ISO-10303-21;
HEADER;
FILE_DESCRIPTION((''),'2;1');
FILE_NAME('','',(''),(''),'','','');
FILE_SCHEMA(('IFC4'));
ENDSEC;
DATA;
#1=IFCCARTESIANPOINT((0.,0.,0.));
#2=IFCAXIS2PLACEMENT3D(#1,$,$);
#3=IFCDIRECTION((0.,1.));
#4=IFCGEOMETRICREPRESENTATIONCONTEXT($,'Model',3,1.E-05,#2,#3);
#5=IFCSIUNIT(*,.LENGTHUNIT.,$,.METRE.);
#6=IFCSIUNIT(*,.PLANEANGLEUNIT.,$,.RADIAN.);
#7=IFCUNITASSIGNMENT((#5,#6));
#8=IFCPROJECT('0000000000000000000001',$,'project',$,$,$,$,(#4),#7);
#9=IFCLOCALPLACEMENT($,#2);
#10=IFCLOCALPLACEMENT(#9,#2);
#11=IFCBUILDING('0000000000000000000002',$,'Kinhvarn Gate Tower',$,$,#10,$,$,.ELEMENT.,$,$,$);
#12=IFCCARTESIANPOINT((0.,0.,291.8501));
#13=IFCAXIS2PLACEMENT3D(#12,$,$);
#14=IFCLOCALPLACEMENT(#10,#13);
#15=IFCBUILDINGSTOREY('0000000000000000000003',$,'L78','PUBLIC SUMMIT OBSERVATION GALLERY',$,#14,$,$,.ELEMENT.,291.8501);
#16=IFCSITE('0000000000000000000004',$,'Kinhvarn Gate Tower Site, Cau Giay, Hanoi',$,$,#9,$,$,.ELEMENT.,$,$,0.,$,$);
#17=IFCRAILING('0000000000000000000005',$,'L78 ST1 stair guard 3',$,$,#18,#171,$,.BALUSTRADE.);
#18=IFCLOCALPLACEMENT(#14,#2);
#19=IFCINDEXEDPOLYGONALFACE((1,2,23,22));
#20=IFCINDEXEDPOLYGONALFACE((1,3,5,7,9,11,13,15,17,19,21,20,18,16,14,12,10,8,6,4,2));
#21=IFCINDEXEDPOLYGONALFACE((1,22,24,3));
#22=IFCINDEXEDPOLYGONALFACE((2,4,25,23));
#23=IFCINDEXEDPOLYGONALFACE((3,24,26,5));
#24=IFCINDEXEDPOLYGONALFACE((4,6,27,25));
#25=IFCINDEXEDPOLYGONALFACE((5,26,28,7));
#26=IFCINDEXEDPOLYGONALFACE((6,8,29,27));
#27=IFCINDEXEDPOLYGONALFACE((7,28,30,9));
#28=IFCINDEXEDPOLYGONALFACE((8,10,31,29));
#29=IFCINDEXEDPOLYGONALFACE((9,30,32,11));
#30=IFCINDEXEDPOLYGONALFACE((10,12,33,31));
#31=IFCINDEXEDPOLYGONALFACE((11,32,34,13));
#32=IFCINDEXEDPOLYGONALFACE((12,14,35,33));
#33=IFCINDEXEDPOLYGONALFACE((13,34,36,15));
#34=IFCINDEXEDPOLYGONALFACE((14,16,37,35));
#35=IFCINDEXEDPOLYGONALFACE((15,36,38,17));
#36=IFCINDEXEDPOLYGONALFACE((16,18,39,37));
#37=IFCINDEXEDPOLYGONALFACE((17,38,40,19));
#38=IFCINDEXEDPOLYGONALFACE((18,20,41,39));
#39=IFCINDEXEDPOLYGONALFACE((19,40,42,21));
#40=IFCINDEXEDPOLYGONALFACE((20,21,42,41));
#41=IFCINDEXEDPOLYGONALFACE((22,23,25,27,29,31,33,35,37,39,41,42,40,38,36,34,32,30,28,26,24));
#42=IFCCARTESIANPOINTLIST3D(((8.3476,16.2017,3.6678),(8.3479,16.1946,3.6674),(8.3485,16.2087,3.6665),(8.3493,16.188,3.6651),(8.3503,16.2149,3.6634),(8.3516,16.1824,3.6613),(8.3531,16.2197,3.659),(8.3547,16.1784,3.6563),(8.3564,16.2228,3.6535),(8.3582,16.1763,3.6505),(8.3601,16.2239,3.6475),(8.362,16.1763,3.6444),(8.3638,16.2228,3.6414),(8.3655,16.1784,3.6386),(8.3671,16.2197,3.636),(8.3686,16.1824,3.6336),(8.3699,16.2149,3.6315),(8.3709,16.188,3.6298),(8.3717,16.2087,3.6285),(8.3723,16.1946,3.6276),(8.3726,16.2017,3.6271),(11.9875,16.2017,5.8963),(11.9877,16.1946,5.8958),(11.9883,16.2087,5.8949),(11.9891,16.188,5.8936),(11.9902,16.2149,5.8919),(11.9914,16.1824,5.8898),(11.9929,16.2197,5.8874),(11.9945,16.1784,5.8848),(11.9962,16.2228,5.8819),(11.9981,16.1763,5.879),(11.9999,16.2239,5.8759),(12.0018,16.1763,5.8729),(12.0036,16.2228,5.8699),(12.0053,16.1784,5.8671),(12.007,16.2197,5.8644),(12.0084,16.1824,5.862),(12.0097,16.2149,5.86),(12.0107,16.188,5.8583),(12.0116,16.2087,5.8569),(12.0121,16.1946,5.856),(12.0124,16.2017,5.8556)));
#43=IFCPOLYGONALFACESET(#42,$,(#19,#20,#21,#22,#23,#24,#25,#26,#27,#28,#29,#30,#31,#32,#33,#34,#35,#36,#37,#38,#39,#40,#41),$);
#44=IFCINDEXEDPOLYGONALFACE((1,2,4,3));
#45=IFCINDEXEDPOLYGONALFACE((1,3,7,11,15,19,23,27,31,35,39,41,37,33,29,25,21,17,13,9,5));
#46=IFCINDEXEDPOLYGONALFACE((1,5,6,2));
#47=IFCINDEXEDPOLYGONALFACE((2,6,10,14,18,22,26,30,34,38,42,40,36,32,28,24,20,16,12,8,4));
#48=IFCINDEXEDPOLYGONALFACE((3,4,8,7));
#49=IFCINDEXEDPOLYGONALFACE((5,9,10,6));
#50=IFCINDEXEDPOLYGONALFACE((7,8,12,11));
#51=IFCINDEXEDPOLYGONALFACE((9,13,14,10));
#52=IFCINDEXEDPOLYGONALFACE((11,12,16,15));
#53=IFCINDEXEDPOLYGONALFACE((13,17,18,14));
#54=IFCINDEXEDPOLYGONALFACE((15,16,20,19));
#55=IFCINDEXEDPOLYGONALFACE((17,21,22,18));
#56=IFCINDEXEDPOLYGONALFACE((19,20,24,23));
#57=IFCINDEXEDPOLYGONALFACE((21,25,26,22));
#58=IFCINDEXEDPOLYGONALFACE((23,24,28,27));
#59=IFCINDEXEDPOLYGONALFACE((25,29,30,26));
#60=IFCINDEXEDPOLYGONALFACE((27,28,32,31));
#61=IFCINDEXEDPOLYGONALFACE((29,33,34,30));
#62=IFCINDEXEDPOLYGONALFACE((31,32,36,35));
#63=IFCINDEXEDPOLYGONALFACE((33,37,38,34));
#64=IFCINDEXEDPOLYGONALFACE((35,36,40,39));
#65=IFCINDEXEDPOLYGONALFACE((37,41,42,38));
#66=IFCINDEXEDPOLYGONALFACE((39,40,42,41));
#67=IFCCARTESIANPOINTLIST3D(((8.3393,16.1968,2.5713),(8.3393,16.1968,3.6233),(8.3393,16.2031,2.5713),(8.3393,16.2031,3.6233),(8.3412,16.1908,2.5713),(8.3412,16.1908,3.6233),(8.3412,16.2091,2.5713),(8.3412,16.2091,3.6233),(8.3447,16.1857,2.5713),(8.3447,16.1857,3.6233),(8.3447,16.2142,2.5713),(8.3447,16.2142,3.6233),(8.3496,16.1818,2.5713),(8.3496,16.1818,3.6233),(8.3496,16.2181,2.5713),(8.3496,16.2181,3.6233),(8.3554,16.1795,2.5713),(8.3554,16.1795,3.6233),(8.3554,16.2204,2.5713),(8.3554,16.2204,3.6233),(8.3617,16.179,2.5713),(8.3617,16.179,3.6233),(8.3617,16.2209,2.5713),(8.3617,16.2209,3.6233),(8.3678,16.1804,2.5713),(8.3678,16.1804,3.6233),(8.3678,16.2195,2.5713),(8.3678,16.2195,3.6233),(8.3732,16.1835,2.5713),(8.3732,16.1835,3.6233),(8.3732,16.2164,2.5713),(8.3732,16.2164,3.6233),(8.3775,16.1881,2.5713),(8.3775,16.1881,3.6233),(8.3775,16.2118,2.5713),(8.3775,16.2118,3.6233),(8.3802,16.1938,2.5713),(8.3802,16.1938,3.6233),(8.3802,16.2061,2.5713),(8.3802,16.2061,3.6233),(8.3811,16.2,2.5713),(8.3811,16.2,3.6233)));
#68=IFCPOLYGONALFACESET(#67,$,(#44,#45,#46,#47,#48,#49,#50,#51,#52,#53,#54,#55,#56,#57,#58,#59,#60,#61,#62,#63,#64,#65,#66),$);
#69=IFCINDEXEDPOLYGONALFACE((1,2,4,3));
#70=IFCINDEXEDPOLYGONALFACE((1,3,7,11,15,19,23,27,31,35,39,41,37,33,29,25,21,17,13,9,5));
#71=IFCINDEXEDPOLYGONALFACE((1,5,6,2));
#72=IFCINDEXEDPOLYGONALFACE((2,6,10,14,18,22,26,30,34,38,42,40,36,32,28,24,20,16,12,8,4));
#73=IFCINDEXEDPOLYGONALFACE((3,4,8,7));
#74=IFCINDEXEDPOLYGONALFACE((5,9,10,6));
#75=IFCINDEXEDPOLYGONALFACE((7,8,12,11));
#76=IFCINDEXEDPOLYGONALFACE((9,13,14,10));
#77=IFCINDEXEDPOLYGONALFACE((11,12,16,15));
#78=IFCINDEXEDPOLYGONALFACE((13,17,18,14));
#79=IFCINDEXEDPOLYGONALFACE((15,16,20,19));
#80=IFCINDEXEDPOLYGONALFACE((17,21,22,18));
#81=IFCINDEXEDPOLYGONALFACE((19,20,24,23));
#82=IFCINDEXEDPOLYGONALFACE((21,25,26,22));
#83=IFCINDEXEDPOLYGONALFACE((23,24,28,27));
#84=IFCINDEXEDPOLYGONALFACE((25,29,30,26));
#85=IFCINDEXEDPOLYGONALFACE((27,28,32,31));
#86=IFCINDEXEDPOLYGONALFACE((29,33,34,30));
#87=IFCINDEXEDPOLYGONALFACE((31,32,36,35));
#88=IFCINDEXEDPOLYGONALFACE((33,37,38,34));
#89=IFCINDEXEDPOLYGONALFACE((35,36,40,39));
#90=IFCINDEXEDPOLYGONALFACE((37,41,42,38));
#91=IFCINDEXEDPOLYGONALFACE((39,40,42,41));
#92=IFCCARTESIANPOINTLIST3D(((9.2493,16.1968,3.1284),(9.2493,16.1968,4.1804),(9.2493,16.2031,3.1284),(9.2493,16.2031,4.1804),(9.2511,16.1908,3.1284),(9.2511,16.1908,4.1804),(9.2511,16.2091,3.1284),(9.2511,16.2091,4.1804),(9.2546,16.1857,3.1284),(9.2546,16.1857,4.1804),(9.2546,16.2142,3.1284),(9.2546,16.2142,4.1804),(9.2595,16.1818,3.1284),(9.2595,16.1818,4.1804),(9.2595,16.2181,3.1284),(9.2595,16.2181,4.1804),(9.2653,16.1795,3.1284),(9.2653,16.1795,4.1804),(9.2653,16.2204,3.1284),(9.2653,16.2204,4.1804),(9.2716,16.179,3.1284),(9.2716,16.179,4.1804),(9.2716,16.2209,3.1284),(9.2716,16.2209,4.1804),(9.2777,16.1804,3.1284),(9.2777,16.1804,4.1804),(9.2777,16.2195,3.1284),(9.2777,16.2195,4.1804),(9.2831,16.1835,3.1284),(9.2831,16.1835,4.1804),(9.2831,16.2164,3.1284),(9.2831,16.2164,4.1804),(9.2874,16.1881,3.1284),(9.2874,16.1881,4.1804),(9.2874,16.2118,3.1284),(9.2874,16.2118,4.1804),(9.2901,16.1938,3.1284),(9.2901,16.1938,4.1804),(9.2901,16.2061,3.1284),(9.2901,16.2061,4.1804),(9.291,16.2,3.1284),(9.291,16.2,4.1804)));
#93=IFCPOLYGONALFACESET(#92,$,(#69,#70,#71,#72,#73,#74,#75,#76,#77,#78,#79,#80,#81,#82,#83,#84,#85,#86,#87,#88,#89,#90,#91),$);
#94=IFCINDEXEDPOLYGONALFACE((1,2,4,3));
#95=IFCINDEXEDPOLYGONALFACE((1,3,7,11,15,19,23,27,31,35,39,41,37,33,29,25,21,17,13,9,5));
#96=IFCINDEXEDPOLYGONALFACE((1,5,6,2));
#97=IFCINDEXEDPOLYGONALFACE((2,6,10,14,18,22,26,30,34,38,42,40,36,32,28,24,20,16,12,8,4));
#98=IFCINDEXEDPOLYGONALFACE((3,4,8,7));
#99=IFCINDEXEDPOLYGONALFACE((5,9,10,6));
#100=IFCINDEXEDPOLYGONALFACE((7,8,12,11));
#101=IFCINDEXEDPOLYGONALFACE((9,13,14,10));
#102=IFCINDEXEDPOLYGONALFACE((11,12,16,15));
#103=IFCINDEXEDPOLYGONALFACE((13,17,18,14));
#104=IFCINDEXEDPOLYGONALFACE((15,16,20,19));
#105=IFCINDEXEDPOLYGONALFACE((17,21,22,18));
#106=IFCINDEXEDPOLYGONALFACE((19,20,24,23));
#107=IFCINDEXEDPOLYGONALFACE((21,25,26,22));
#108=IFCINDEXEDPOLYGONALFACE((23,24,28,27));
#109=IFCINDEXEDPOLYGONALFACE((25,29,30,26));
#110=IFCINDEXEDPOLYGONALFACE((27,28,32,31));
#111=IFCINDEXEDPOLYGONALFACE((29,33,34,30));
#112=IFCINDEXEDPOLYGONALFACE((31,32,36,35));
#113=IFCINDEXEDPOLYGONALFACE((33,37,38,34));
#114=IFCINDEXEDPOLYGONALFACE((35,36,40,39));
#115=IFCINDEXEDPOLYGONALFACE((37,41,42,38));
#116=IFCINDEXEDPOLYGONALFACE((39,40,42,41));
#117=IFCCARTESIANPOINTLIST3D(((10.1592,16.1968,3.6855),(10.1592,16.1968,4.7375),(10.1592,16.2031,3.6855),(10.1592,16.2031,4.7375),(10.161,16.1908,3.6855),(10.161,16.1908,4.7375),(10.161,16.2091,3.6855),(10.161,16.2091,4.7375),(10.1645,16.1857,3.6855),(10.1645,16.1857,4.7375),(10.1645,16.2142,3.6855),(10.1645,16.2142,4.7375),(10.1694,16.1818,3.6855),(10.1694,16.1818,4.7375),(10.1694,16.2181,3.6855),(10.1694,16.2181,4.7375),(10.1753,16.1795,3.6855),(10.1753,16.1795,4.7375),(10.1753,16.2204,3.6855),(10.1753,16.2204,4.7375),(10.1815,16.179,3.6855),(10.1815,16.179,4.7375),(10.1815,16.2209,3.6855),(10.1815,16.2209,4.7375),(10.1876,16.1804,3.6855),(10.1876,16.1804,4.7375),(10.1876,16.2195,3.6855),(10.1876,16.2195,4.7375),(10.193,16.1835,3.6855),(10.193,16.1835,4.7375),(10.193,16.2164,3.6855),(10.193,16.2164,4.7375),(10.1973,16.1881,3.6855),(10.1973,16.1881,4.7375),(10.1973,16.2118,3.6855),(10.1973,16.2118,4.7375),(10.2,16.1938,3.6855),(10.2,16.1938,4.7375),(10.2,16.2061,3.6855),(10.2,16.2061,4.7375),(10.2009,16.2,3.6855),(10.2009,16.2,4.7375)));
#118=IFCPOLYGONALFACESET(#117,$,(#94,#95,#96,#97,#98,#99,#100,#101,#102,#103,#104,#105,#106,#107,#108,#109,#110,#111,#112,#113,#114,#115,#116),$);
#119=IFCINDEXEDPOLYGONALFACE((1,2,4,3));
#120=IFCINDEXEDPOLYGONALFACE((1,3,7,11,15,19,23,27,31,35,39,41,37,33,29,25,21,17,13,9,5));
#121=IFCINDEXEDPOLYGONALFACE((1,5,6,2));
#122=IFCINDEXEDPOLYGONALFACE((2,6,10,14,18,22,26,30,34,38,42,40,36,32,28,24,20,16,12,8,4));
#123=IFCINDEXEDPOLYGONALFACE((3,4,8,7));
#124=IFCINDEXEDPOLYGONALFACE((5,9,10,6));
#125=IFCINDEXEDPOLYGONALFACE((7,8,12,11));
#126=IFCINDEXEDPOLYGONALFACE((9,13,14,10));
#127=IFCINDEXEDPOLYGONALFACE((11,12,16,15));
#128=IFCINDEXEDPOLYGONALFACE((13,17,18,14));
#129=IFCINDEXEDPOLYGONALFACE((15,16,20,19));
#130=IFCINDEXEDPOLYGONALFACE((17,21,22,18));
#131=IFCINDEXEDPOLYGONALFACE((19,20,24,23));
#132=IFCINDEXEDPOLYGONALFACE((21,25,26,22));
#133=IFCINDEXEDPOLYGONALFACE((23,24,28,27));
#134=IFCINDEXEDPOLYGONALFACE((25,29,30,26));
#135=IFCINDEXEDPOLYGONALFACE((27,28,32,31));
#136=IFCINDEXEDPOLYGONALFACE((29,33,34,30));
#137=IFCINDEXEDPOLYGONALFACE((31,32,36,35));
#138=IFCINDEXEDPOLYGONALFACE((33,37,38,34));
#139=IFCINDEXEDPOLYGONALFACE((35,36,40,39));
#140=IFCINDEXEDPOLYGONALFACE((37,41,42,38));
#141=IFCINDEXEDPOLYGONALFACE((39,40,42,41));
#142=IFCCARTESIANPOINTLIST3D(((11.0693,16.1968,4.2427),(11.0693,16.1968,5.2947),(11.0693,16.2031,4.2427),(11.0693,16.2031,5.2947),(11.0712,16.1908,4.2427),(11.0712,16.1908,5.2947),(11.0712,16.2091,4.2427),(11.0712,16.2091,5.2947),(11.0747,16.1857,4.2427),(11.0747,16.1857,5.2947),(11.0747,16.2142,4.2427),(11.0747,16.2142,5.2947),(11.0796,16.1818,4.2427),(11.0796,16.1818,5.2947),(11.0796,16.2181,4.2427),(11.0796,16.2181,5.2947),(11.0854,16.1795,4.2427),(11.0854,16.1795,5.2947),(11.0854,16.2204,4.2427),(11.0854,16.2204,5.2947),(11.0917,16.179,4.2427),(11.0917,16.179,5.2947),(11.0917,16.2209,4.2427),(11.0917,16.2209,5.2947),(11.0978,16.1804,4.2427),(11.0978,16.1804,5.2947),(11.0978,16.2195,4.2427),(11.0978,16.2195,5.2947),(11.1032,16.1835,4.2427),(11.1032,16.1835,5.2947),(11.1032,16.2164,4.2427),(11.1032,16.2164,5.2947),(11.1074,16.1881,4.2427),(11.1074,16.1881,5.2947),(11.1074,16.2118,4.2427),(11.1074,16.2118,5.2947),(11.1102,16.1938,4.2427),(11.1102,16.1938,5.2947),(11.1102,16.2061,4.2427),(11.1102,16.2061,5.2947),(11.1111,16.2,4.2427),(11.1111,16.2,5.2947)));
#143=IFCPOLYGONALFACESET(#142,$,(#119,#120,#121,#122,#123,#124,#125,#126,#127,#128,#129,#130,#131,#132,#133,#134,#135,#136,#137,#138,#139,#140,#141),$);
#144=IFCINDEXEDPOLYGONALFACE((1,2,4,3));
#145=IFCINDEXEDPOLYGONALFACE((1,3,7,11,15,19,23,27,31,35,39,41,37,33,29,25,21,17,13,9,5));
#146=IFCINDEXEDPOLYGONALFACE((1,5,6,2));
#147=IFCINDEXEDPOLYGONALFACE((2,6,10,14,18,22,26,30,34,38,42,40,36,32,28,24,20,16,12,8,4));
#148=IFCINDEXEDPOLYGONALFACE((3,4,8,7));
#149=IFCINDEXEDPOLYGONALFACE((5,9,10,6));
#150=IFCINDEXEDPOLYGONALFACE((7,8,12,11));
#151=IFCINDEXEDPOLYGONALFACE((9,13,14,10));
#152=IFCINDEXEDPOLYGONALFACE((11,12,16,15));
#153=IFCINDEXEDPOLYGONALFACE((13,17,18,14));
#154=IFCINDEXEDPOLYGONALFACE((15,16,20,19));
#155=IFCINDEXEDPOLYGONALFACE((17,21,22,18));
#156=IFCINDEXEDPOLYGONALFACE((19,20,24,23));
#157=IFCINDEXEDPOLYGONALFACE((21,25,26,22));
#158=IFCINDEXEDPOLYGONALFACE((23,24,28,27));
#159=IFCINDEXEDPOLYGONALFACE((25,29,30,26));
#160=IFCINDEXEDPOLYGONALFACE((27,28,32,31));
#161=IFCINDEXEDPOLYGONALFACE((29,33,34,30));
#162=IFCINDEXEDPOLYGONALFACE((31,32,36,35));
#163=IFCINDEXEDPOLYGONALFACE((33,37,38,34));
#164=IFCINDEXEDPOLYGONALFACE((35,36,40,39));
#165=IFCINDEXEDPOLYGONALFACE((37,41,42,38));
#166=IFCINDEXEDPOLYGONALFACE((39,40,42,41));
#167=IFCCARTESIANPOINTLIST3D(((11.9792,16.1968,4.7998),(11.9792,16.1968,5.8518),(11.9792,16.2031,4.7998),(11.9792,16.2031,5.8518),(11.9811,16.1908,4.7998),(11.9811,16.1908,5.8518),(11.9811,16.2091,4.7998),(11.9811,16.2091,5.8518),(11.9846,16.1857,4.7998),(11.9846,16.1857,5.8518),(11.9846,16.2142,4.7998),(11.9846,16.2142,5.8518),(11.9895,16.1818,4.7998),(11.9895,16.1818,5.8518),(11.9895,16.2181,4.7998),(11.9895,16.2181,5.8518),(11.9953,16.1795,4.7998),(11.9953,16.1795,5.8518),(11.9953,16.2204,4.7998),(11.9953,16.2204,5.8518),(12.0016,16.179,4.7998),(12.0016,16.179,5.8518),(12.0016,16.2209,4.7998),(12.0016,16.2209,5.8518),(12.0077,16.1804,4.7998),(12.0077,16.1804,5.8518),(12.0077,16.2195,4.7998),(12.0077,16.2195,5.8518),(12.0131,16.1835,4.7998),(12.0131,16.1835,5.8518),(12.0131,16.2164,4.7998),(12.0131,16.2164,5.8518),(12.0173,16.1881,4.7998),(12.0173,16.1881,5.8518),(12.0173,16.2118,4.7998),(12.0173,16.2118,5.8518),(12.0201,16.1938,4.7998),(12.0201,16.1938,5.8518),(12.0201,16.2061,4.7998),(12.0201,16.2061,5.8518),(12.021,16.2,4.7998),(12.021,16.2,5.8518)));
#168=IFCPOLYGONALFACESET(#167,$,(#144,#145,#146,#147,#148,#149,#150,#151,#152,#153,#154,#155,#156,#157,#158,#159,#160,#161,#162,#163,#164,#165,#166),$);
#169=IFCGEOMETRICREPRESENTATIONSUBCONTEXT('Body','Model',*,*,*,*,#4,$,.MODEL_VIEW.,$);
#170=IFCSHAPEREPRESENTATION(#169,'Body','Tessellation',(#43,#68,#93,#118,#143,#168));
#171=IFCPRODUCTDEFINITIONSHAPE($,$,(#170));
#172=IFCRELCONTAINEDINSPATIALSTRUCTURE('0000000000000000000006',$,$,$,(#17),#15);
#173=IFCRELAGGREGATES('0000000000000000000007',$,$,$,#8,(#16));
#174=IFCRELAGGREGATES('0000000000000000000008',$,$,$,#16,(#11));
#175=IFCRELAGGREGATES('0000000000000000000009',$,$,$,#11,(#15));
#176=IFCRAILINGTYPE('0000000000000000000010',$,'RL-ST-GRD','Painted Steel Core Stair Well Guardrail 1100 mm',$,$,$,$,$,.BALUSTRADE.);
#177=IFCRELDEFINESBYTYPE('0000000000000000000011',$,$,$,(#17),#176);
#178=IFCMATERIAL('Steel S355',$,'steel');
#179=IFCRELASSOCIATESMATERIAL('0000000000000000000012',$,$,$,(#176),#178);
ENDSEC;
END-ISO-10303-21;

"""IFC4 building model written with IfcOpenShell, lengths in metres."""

from ifc_helpers import new_model, si_unit, direction, frame, origin, origin_2d, place, context, subcontext, project, spatial, circle, extrude, material, type_object, element, save


model = new_model("IFC4")

# Units and contexts
model_context = context("Model", 3, precision=1e-05, world=origin(), true_north=direction((0.0, 1.0)))
body_context = subcontext(model_context, "Body", "Model", "MODEL_VIEW")
ifc_project = project(units=[si_unit("LENGTHUNIT", "METRE"), si_unit("PLANEANGLEUNIT", "RADIAN")], contexts=[model_context])

# Site, building, storey
site_placement = place(None, origin())
site = spatial("IfcSite", under=ifc_project, at=site_placement, Name="Kinhvarn Gate Tower Site, Cau Giay, Hanoi", CompositionType="ELEMENT", RefElevation=0.0)
building_placement = place(site_placement, origin())
building = spatial("IfcBuilding", under=site, at=building_placement, Name="Kinhvarn Gate Tower", CompositionType="ELEMENT")
storey_placement = place(building_placement, frame((0.0, 0.0, 291.8501)))
storey = spatial("IfcBuildingStorey", under=building, at=storey_placement, Name="L78", Description="PUBLIC SUMMIT OBSERVATION GALLERY", CompositionType="ELEMENT", Elevation=291.8501)

# Shared definitions
ifc_material_1 = material(Name="Steel S355", Category="steel")

# Railing
railing_type_1 = type_object("IfcRailingType", Name="RL-ST-GRD", Description="Painted Steel Core Stair Well Guardrail 1100 mm", PredefinedType="BALUSTRADE", material=ifc_material_1)
railing_1_placement = place(storey_placement, frame((8.3601, 16.2, 2.5713)))
element("IfcRailing", 1, at=railing_1_placement, inside=storey, type_object=railing_type_1, Name="L78 ST1 stair guard 3", PredefinedType="BALUSTRADE", context=body_context, shape_type="SweptSolid", body=[
    extrude(circle(Radius=0.0239, at=origin_2d()), frame((0.0, 0.0, 1.0762), z_axis=(0.85285, 0.0, 0.522156), x_axis=(0.0, 1.0, 0.0)), (0.0, 0.0, 1.0), 4.2678),
    extrude(circle(Radius=0.021, at=origin_2d()), origin(), (0.0, 0.0, 1.0), 1.052),
    extrude(circle(Radius=0.021, at=origin_2d()), frame((0.9099, 0.0, 0.5571)), (0.0, 0.0, 1.0), 1.052),
    extrude(circle(Radius=0.021, at=origin_2d()), frame((1.8198, 0.0, 1.1143)), (0.0, 0.0, 1.0), 1.052),
    extrude(circle(Radius=0.021, at=origin_2d()), frame((2.73, 0.0, 1.6714)), (0.0, 0.0, 1.0), 1.052),
    extrude(circle(Radius=0.021, at=origin_2d()), frame((3.6399, 0.0, 2.2285)), (0.0, 0.0, 1.0), 1.052),
])

save(model, "model.ifc")
